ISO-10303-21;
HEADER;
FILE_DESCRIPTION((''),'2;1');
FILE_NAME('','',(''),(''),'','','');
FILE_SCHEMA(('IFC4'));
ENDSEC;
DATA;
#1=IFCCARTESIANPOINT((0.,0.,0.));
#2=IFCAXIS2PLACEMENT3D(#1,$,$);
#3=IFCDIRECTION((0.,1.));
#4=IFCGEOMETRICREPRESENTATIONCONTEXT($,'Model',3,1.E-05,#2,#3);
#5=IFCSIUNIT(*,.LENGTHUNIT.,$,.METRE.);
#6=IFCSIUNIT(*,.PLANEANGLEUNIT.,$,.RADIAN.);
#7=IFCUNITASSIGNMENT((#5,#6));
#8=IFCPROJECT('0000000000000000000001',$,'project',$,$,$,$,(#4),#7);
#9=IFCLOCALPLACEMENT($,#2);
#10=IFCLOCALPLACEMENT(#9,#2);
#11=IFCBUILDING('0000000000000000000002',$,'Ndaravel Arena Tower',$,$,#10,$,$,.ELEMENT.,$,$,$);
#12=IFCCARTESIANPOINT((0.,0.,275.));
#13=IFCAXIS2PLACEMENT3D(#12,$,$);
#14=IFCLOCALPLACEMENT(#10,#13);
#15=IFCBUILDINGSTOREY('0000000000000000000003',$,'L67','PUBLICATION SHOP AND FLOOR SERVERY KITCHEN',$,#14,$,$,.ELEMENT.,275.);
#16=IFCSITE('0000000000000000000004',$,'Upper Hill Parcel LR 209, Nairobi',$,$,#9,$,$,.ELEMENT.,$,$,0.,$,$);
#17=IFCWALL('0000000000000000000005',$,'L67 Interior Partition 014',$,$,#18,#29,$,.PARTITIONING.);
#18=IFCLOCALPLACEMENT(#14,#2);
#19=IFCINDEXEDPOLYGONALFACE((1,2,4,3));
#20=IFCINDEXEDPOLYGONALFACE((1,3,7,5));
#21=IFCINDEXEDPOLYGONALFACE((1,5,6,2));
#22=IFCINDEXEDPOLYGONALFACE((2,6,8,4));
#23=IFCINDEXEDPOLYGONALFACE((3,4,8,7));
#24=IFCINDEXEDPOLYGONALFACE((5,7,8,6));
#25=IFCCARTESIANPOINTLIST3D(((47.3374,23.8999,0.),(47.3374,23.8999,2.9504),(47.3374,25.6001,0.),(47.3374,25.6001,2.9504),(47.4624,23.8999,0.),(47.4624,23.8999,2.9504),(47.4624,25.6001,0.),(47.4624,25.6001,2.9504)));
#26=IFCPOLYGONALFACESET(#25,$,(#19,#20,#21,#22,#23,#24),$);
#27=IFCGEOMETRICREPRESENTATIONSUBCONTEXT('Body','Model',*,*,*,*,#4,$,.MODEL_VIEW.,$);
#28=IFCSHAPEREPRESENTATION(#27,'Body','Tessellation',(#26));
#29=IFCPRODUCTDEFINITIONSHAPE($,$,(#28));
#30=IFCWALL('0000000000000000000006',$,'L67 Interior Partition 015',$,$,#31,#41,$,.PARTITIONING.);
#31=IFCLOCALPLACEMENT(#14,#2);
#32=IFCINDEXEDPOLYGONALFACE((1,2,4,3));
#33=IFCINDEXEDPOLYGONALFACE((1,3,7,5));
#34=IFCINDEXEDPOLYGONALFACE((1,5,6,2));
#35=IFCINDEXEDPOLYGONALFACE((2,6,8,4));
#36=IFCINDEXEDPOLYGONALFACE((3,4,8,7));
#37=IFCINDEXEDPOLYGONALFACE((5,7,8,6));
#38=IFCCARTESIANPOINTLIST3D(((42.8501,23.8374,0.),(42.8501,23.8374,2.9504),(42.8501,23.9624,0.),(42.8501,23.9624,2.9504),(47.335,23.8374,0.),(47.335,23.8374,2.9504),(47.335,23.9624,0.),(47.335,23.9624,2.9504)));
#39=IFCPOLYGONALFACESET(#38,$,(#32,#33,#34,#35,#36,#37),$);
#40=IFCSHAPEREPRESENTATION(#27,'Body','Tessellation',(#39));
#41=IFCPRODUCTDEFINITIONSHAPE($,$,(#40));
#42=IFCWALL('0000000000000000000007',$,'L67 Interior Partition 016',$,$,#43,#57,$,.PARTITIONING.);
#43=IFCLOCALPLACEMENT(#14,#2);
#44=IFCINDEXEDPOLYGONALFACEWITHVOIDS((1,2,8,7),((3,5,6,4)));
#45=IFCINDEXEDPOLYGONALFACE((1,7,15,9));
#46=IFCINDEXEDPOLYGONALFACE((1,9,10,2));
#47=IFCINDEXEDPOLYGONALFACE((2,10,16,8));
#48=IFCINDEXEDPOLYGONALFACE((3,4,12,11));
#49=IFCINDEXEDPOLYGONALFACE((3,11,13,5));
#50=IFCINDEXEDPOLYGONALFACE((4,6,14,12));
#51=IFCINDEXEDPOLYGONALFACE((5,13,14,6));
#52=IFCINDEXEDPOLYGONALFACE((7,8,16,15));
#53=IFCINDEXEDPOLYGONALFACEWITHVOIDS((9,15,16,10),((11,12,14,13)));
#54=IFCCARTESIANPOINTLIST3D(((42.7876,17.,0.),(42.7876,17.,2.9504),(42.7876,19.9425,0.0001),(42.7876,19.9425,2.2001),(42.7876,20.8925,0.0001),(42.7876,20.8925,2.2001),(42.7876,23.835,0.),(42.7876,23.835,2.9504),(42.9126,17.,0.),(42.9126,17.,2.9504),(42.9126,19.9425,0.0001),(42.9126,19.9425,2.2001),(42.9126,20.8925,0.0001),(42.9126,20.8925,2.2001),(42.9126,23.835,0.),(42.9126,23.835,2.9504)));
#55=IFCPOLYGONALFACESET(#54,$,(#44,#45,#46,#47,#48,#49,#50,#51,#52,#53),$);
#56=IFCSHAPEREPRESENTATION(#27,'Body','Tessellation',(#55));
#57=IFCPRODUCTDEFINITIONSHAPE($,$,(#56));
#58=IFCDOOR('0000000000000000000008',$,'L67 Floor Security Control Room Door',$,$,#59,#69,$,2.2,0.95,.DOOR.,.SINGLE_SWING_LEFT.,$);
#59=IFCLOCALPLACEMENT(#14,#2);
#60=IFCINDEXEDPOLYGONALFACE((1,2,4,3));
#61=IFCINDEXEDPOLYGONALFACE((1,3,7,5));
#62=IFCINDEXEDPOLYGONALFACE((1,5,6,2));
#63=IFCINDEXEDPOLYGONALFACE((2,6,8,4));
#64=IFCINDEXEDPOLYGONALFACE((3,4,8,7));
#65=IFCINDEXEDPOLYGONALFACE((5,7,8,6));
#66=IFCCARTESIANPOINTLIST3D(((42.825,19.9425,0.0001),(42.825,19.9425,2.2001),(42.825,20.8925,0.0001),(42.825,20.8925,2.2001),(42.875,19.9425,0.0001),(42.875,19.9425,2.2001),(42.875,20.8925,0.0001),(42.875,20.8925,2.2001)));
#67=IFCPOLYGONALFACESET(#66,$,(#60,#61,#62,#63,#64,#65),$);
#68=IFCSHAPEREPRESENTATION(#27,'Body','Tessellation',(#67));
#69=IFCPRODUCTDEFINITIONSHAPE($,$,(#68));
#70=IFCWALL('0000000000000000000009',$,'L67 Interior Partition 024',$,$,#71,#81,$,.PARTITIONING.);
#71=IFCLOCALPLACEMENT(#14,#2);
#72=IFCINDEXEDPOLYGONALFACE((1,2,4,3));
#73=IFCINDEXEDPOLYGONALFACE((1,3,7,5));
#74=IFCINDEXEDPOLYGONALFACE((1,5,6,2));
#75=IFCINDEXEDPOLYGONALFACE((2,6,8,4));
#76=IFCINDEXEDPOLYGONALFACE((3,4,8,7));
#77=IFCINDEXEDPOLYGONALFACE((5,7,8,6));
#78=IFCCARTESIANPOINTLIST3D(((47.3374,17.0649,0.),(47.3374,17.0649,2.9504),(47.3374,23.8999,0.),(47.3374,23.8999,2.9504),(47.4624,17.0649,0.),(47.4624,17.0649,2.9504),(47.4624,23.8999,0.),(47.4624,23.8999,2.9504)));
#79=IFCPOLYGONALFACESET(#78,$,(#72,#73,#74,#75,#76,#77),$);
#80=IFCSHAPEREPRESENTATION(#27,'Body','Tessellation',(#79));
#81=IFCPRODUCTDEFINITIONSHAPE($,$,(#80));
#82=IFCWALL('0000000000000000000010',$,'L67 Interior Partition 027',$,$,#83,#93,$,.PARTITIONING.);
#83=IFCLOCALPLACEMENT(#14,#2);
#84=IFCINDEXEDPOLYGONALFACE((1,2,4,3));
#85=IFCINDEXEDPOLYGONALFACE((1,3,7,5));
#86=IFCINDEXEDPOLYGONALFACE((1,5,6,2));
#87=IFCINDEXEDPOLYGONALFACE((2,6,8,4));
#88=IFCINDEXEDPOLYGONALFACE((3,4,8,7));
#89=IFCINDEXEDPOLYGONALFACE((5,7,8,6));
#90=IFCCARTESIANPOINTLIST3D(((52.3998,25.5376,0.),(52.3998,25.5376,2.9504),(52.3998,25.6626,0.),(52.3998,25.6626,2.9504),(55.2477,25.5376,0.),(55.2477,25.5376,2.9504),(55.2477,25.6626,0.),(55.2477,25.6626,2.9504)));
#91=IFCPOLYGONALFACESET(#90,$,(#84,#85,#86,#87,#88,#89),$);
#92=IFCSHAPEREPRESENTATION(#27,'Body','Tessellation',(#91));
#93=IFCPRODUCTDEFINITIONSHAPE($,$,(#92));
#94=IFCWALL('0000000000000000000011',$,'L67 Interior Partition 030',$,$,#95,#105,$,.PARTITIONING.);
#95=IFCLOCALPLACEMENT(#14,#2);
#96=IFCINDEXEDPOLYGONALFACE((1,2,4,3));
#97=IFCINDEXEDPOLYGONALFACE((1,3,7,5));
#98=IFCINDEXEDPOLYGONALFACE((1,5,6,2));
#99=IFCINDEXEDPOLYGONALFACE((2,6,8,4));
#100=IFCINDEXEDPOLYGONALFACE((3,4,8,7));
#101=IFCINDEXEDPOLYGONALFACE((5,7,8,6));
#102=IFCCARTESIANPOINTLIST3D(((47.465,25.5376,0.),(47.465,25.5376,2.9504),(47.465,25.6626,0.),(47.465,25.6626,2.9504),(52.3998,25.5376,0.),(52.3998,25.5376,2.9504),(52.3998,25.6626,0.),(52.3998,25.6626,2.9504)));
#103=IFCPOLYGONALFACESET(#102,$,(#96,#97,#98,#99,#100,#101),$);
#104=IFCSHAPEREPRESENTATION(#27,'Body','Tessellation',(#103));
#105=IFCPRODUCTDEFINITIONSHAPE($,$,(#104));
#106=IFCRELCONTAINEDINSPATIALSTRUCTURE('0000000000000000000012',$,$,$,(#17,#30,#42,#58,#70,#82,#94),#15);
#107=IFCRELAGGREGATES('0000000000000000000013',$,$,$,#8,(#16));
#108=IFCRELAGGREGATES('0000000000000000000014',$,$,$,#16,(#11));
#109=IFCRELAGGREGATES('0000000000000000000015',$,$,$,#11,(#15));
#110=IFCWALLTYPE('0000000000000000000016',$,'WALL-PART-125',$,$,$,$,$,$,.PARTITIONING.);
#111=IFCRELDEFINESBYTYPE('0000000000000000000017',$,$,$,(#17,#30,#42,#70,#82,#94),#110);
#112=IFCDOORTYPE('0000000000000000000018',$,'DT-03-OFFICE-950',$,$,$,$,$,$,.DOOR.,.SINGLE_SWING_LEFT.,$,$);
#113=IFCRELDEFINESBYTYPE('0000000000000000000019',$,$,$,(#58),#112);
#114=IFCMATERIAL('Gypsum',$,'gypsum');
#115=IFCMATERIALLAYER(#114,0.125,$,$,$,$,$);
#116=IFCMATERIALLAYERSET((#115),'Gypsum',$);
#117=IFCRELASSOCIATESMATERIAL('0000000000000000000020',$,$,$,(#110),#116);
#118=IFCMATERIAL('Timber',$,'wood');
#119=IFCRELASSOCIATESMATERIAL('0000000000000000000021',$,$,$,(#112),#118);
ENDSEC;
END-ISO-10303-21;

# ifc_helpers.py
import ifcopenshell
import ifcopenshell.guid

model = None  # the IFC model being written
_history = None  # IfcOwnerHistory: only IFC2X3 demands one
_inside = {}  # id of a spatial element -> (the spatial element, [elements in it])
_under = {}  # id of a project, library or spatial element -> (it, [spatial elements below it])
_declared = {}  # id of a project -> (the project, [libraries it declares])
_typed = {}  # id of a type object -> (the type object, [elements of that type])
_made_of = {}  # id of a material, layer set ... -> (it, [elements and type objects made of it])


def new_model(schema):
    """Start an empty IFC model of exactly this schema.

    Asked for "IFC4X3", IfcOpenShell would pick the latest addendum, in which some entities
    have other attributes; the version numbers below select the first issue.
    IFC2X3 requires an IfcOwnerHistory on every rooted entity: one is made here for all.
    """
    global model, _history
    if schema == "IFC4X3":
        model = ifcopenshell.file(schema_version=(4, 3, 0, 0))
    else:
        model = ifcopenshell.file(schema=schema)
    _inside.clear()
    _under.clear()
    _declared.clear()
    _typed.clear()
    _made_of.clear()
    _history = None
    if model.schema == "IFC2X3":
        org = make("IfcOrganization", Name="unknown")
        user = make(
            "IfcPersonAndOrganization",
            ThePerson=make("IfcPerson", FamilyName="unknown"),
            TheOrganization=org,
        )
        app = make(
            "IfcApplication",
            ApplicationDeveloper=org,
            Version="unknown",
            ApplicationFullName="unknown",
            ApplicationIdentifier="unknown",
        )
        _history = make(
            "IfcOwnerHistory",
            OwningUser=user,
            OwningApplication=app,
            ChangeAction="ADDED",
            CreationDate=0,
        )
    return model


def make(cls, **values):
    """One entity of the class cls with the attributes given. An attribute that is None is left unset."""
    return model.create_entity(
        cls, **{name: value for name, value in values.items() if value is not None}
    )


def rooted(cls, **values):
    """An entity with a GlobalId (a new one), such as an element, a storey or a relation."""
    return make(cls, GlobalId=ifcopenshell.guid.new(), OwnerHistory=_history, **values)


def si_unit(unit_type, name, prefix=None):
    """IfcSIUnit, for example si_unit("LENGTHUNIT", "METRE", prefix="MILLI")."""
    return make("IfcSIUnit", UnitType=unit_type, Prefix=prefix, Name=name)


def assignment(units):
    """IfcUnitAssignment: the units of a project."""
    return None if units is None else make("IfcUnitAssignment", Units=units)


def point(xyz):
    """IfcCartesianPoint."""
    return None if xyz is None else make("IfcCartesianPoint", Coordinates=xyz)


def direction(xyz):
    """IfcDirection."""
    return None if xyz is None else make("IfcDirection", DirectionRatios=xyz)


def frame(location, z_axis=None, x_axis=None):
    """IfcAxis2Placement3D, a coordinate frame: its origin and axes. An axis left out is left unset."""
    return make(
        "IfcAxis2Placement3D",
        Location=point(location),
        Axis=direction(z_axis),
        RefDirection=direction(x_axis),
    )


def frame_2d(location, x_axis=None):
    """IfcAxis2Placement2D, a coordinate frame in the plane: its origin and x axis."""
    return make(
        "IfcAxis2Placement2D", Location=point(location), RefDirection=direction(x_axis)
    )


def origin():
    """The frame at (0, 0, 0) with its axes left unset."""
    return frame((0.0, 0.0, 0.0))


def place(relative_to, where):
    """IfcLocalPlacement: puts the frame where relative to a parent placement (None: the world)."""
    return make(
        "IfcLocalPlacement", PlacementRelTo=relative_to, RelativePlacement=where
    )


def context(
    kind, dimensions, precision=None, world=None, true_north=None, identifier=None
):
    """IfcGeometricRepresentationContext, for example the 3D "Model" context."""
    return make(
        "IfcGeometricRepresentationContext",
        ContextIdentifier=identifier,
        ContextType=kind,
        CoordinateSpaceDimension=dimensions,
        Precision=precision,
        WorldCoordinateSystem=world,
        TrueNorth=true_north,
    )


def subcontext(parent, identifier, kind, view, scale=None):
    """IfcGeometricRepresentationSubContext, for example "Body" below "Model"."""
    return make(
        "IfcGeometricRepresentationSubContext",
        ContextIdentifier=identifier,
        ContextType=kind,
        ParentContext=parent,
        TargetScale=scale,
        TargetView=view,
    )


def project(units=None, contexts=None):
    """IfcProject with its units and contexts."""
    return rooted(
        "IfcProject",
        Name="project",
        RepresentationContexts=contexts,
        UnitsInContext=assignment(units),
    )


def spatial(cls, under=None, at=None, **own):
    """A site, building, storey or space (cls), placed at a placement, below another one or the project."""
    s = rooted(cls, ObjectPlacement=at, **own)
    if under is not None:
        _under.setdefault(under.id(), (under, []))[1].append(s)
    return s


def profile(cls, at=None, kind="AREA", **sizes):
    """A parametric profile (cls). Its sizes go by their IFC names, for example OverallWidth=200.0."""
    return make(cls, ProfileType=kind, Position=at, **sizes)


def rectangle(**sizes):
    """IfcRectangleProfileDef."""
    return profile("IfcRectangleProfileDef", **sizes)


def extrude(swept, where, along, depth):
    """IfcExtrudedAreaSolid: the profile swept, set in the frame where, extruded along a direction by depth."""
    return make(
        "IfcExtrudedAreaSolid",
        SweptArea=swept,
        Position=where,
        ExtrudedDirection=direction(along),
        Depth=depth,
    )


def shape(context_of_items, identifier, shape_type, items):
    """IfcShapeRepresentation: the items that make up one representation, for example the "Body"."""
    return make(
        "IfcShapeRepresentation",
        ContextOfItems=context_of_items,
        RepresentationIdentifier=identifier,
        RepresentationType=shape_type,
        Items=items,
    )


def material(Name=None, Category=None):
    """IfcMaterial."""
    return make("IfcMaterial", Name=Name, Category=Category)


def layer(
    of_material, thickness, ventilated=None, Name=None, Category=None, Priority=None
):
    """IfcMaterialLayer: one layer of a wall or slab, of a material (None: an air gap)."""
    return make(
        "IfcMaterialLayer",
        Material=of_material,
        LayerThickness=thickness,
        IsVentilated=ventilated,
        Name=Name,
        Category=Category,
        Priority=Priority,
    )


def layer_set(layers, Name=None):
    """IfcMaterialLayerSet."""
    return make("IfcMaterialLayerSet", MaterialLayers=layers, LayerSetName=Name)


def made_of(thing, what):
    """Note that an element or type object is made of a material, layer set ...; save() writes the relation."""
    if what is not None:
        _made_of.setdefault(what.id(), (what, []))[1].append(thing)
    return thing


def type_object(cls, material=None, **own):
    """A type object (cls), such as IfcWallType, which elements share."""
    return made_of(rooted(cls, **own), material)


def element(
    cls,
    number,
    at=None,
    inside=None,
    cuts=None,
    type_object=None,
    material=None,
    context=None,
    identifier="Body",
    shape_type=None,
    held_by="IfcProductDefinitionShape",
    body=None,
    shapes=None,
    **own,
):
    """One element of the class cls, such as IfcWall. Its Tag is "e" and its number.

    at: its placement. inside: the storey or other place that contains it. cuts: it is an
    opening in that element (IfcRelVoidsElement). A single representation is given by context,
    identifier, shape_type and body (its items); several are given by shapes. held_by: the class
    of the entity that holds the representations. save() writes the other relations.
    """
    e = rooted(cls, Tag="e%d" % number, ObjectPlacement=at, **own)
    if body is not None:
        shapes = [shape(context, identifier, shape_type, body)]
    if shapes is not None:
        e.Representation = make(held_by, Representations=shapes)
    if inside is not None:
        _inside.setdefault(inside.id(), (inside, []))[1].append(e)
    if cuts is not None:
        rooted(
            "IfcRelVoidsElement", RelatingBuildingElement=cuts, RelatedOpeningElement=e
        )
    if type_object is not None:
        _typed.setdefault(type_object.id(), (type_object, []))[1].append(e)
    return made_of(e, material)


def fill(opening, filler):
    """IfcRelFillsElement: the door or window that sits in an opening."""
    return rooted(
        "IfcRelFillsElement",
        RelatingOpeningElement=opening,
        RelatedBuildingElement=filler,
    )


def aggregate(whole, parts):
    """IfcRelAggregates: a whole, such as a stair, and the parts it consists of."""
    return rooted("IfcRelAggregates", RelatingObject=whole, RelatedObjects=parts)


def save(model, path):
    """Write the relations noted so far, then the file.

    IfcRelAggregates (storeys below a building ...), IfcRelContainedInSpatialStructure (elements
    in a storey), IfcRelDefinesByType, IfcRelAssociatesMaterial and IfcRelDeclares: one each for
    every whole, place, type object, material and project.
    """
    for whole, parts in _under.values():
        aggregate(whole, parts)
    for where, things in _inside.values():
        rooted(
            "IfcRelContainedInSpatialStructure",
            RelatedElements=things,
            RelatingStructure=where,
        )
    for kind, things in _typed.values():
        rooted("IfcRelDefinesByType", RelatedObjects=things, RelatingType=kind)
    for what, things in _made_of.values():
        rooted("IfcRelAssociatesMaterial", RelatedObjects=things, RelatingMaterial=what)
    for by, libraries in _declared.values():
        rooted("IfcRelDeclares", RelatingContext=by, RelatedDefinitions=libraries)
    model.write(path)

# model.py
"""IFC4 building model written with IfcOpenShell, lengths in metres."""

from ifc_helpers import new_model, si_unit, direction, frame, frame_2d, origin, place, context, subcontext, project, spatial, rectangle, extrude, material, layer, layer_set, type_object, element, fill, save


model = new_model("IFC4")

# Units and contexts
model_context = context("Model", 3, precision=1e-05, world=origin(), true_north=direction((0.0, 1.0)))
body_context = subcontext(model_context, "Body", "Model", "MODEL_VIEW")
ifc_project = project(units=[si_unit("LENGTHUNIT", "METRE"), si_unit("PLANEANGLEUNIT", "RADIAN")], contexts=[model_context])

# Site, building, storey
site_placement = place(None, origin())
site = spatial("IfcSite", under=ifc_project, at=site_placement, Name="Upper Hill Parcel LR 209, Nairobi", CompositionType="ELEMENT", RefElevation=0.0)
building_placement = place(site_placement, origin())
building = spatial("IfcBuilding", under=site, at=building_placement, Name="Ndaravel Arena Tower", CompositionType="ELEMENT")
storey_placement = place(building_placement, frame((0.0, 0.0, 275.0)))
storey = spatial("IfcBuildingStorey", under=building, at=storey_placement, Name="L67", Description="PUBLICATION SHOP AND FLOOR SERVERY KITCHEN", CompositionType="ELEMENT", Elevation=275.0)

# Shared definitions
ifc_material_1 = material(Name="Gypsum", Category="gypsum")
ifc_layer_1 = layer(ifc_material_1, 0.125)
ifc_layer_set_1 = layer_set([ifc_layer_1], Name="Gypsum")
wall_type = type_object("IfcWallType", Name="WALL-PART-125", PredefinedType="PARTITIONING", material=ifc_layer_set_1)
ifc_material_2 = material(Name="Timber", Category="wood")
door_type = type_object("IfcDoorType", Name="DT-03-OFFICE-950", OperationType="SINGLE_SWING_LEFT", PredefinedType="DOOR", material=ifc_material_2)

# Walls
wall_1_placement = place(storey_placement, frame((47.3999, 25.6001, 0.0), z_axis=(0.0, 0.0, 1.0), x_axis=(0.0, -1.0, 0.0)))
element("IfcWall", 1, at=wall_1_placement, inside=storey, type_object=wall_type, Name="L67 Interior Partition 014", PredefinedType="PARTITIONING", context=body_context, shape_type="SweptSolid", body=[
    extrude(rectangle(XDim=1.7002, YDim=0.125, at=frame_2d((0.8501, 0.0))), origin(), (0.0, 0.0, 1.0), 2.9504),
])
wall_2_placement = place(storey_placement, frame((47.335, 23.8999, 0.0), z_axis=(0.0, 0.0, 1.0), x_axis=(-1.0, 0.0, 0.0)))
element("IfcWall", 2, at=wall_2_placement, inside=storey, type_object=wall_type, Name="L67 Interior Partition 015", PredefinedType="PARTITIONING", context=body_context, shape_type="SweptSolid", body=[
    extrude(rectangle(XDim=4.4849, YDim=0.125, at=frame_2d((2.2424, 0.0))), origin(), (0.0, 0.0, 1.0), 2.9504),
])

# Wall, opening, door
wall_3_placement = place(storey_placement, frame((42.8501, 23.835, 0.0), z_axis=(0.0, 0.0, 1.0), x_axis=(0.0, -1.0, 0.0)))
wall_3 = element("IfcWall", 3, at=wall_3_placement, inside=storey, type_object=wall_type, Name="L67 Interior Partition 016", PredefinedType="PARTITIONING", context=body_context, shape_type="SweptSolid", body=[
    extrude(rectangle(XDim=6.835, YDim=0.125, at=frame_2d((3.4175, 0.0))), origin(), (0.0, 0.0, 1.0), 2.9504),
])
opening_1_placement = place(wall_3_placement, frame((2.9424, 0.0, 0.0)))
opening_1 = element("IfcOpeningElement", 4, at=opening_1_placement, cuts=wall_3, PredefinedType="OPENING", context=body_context, shape_type="SweptSolid", body=[
    extrude(rectangle(XDim=0.95, YDim=2.2, at=frame_2d((0.4751, 1.1001))), frame((0.0, 0.0625, 0.0), z_axis=(0.0, -1.0, 0.0), x_axis=(1.0, 0.0, 0.0)), (0.0, 0.0, 1.0), 0.125),
])
door_1_placement = place(opening_1_placement, origin())
door_1 = element("IfcDoor", 5, at=door_1_placement, inside=storey, type_object=door_type, Name="L67 Floor Security Control Room Door", OperationType="SINGLE_SWING_LEFT", OverallHeight=2.2, OverallWidth=0.95, PredefinedType="DOOR", context=body_context, shape_type="SweptSolid", body=[
    extrude(rectangle(XDim=0.95, YDim=2.2, at=frame_2d((0.4751, 1.1001))), frame((0.0, 0.0249, 0.0), z_axis=(0.0, -1.0, 0.0), x_axis=(1.0, 0.0, 0.0)), (0.0, 0.0, 1.0), 0.05),
])
fill(opening_1, door_1)

# Walls
wall_4_placement = place(storey_placement, frame((47.3999, 23.8999, 0.0), z_axis=(0.0, 0.0, 1.0), x_axis=(0.0, -1.0, 0.0)))
element("IfcWall", 6, at=wall_4_placement, inside=storey, type_object=wall_type, Name="L67 Interior Partition 024", PredefinedType="PARTITIONING", context=body_context, shape_type="SweptSolid", body=[
    extrude(rectangle(XDim=6.835, YDim=0.125, at=frame_2d((3.4175, 0.0))), origin(), (0.0, 0.0, 1.0), 2.9504),
])
wall_5_placement = place(storey_placement, frame((52.3999, 25.6001, 0.0), z_axis=(0.0, 0.0, 1.0), x_axis=(1.0, 0.0, 0.0)))
element("IfcWall", 7, at=wall_5_placement, inside=storey, type_object=wall_type, Name="L67 Interior Partition 027", PredefinedType="PARTITIONING", context=body_context, shape_type="SweptSolid", body=[
    extrude(rectangle(XDim=2.8479, YDim=0.125, at=frame_2d((1.4238, 0.0))), origin(), (0.0, 0.0, 1.0), 2.9504),
])
wall_6_placement = place(storey_placement, frame((47.4651, 25.6001, 0.0), z_axis=(0.0, 0.0, 1.0), x_axis=(1.0, 0.0, 0.0)))
element("IfcWall", 8, at=wall_6_placement, inside=storey, type_object=wall_type, Name="L67 Interior Partition 030", PredefinedType="PARTITIONING", context=body_context, shape_type="SweptSolid", body=[
    extrude(rectangle(XDim=4.9348, YDim=0.125, at=frame_2d((2.4673, 0.0))), origin(), (0.0, 0.0, 1.0), 2.9504),
])

save(model, "model.ifc")
